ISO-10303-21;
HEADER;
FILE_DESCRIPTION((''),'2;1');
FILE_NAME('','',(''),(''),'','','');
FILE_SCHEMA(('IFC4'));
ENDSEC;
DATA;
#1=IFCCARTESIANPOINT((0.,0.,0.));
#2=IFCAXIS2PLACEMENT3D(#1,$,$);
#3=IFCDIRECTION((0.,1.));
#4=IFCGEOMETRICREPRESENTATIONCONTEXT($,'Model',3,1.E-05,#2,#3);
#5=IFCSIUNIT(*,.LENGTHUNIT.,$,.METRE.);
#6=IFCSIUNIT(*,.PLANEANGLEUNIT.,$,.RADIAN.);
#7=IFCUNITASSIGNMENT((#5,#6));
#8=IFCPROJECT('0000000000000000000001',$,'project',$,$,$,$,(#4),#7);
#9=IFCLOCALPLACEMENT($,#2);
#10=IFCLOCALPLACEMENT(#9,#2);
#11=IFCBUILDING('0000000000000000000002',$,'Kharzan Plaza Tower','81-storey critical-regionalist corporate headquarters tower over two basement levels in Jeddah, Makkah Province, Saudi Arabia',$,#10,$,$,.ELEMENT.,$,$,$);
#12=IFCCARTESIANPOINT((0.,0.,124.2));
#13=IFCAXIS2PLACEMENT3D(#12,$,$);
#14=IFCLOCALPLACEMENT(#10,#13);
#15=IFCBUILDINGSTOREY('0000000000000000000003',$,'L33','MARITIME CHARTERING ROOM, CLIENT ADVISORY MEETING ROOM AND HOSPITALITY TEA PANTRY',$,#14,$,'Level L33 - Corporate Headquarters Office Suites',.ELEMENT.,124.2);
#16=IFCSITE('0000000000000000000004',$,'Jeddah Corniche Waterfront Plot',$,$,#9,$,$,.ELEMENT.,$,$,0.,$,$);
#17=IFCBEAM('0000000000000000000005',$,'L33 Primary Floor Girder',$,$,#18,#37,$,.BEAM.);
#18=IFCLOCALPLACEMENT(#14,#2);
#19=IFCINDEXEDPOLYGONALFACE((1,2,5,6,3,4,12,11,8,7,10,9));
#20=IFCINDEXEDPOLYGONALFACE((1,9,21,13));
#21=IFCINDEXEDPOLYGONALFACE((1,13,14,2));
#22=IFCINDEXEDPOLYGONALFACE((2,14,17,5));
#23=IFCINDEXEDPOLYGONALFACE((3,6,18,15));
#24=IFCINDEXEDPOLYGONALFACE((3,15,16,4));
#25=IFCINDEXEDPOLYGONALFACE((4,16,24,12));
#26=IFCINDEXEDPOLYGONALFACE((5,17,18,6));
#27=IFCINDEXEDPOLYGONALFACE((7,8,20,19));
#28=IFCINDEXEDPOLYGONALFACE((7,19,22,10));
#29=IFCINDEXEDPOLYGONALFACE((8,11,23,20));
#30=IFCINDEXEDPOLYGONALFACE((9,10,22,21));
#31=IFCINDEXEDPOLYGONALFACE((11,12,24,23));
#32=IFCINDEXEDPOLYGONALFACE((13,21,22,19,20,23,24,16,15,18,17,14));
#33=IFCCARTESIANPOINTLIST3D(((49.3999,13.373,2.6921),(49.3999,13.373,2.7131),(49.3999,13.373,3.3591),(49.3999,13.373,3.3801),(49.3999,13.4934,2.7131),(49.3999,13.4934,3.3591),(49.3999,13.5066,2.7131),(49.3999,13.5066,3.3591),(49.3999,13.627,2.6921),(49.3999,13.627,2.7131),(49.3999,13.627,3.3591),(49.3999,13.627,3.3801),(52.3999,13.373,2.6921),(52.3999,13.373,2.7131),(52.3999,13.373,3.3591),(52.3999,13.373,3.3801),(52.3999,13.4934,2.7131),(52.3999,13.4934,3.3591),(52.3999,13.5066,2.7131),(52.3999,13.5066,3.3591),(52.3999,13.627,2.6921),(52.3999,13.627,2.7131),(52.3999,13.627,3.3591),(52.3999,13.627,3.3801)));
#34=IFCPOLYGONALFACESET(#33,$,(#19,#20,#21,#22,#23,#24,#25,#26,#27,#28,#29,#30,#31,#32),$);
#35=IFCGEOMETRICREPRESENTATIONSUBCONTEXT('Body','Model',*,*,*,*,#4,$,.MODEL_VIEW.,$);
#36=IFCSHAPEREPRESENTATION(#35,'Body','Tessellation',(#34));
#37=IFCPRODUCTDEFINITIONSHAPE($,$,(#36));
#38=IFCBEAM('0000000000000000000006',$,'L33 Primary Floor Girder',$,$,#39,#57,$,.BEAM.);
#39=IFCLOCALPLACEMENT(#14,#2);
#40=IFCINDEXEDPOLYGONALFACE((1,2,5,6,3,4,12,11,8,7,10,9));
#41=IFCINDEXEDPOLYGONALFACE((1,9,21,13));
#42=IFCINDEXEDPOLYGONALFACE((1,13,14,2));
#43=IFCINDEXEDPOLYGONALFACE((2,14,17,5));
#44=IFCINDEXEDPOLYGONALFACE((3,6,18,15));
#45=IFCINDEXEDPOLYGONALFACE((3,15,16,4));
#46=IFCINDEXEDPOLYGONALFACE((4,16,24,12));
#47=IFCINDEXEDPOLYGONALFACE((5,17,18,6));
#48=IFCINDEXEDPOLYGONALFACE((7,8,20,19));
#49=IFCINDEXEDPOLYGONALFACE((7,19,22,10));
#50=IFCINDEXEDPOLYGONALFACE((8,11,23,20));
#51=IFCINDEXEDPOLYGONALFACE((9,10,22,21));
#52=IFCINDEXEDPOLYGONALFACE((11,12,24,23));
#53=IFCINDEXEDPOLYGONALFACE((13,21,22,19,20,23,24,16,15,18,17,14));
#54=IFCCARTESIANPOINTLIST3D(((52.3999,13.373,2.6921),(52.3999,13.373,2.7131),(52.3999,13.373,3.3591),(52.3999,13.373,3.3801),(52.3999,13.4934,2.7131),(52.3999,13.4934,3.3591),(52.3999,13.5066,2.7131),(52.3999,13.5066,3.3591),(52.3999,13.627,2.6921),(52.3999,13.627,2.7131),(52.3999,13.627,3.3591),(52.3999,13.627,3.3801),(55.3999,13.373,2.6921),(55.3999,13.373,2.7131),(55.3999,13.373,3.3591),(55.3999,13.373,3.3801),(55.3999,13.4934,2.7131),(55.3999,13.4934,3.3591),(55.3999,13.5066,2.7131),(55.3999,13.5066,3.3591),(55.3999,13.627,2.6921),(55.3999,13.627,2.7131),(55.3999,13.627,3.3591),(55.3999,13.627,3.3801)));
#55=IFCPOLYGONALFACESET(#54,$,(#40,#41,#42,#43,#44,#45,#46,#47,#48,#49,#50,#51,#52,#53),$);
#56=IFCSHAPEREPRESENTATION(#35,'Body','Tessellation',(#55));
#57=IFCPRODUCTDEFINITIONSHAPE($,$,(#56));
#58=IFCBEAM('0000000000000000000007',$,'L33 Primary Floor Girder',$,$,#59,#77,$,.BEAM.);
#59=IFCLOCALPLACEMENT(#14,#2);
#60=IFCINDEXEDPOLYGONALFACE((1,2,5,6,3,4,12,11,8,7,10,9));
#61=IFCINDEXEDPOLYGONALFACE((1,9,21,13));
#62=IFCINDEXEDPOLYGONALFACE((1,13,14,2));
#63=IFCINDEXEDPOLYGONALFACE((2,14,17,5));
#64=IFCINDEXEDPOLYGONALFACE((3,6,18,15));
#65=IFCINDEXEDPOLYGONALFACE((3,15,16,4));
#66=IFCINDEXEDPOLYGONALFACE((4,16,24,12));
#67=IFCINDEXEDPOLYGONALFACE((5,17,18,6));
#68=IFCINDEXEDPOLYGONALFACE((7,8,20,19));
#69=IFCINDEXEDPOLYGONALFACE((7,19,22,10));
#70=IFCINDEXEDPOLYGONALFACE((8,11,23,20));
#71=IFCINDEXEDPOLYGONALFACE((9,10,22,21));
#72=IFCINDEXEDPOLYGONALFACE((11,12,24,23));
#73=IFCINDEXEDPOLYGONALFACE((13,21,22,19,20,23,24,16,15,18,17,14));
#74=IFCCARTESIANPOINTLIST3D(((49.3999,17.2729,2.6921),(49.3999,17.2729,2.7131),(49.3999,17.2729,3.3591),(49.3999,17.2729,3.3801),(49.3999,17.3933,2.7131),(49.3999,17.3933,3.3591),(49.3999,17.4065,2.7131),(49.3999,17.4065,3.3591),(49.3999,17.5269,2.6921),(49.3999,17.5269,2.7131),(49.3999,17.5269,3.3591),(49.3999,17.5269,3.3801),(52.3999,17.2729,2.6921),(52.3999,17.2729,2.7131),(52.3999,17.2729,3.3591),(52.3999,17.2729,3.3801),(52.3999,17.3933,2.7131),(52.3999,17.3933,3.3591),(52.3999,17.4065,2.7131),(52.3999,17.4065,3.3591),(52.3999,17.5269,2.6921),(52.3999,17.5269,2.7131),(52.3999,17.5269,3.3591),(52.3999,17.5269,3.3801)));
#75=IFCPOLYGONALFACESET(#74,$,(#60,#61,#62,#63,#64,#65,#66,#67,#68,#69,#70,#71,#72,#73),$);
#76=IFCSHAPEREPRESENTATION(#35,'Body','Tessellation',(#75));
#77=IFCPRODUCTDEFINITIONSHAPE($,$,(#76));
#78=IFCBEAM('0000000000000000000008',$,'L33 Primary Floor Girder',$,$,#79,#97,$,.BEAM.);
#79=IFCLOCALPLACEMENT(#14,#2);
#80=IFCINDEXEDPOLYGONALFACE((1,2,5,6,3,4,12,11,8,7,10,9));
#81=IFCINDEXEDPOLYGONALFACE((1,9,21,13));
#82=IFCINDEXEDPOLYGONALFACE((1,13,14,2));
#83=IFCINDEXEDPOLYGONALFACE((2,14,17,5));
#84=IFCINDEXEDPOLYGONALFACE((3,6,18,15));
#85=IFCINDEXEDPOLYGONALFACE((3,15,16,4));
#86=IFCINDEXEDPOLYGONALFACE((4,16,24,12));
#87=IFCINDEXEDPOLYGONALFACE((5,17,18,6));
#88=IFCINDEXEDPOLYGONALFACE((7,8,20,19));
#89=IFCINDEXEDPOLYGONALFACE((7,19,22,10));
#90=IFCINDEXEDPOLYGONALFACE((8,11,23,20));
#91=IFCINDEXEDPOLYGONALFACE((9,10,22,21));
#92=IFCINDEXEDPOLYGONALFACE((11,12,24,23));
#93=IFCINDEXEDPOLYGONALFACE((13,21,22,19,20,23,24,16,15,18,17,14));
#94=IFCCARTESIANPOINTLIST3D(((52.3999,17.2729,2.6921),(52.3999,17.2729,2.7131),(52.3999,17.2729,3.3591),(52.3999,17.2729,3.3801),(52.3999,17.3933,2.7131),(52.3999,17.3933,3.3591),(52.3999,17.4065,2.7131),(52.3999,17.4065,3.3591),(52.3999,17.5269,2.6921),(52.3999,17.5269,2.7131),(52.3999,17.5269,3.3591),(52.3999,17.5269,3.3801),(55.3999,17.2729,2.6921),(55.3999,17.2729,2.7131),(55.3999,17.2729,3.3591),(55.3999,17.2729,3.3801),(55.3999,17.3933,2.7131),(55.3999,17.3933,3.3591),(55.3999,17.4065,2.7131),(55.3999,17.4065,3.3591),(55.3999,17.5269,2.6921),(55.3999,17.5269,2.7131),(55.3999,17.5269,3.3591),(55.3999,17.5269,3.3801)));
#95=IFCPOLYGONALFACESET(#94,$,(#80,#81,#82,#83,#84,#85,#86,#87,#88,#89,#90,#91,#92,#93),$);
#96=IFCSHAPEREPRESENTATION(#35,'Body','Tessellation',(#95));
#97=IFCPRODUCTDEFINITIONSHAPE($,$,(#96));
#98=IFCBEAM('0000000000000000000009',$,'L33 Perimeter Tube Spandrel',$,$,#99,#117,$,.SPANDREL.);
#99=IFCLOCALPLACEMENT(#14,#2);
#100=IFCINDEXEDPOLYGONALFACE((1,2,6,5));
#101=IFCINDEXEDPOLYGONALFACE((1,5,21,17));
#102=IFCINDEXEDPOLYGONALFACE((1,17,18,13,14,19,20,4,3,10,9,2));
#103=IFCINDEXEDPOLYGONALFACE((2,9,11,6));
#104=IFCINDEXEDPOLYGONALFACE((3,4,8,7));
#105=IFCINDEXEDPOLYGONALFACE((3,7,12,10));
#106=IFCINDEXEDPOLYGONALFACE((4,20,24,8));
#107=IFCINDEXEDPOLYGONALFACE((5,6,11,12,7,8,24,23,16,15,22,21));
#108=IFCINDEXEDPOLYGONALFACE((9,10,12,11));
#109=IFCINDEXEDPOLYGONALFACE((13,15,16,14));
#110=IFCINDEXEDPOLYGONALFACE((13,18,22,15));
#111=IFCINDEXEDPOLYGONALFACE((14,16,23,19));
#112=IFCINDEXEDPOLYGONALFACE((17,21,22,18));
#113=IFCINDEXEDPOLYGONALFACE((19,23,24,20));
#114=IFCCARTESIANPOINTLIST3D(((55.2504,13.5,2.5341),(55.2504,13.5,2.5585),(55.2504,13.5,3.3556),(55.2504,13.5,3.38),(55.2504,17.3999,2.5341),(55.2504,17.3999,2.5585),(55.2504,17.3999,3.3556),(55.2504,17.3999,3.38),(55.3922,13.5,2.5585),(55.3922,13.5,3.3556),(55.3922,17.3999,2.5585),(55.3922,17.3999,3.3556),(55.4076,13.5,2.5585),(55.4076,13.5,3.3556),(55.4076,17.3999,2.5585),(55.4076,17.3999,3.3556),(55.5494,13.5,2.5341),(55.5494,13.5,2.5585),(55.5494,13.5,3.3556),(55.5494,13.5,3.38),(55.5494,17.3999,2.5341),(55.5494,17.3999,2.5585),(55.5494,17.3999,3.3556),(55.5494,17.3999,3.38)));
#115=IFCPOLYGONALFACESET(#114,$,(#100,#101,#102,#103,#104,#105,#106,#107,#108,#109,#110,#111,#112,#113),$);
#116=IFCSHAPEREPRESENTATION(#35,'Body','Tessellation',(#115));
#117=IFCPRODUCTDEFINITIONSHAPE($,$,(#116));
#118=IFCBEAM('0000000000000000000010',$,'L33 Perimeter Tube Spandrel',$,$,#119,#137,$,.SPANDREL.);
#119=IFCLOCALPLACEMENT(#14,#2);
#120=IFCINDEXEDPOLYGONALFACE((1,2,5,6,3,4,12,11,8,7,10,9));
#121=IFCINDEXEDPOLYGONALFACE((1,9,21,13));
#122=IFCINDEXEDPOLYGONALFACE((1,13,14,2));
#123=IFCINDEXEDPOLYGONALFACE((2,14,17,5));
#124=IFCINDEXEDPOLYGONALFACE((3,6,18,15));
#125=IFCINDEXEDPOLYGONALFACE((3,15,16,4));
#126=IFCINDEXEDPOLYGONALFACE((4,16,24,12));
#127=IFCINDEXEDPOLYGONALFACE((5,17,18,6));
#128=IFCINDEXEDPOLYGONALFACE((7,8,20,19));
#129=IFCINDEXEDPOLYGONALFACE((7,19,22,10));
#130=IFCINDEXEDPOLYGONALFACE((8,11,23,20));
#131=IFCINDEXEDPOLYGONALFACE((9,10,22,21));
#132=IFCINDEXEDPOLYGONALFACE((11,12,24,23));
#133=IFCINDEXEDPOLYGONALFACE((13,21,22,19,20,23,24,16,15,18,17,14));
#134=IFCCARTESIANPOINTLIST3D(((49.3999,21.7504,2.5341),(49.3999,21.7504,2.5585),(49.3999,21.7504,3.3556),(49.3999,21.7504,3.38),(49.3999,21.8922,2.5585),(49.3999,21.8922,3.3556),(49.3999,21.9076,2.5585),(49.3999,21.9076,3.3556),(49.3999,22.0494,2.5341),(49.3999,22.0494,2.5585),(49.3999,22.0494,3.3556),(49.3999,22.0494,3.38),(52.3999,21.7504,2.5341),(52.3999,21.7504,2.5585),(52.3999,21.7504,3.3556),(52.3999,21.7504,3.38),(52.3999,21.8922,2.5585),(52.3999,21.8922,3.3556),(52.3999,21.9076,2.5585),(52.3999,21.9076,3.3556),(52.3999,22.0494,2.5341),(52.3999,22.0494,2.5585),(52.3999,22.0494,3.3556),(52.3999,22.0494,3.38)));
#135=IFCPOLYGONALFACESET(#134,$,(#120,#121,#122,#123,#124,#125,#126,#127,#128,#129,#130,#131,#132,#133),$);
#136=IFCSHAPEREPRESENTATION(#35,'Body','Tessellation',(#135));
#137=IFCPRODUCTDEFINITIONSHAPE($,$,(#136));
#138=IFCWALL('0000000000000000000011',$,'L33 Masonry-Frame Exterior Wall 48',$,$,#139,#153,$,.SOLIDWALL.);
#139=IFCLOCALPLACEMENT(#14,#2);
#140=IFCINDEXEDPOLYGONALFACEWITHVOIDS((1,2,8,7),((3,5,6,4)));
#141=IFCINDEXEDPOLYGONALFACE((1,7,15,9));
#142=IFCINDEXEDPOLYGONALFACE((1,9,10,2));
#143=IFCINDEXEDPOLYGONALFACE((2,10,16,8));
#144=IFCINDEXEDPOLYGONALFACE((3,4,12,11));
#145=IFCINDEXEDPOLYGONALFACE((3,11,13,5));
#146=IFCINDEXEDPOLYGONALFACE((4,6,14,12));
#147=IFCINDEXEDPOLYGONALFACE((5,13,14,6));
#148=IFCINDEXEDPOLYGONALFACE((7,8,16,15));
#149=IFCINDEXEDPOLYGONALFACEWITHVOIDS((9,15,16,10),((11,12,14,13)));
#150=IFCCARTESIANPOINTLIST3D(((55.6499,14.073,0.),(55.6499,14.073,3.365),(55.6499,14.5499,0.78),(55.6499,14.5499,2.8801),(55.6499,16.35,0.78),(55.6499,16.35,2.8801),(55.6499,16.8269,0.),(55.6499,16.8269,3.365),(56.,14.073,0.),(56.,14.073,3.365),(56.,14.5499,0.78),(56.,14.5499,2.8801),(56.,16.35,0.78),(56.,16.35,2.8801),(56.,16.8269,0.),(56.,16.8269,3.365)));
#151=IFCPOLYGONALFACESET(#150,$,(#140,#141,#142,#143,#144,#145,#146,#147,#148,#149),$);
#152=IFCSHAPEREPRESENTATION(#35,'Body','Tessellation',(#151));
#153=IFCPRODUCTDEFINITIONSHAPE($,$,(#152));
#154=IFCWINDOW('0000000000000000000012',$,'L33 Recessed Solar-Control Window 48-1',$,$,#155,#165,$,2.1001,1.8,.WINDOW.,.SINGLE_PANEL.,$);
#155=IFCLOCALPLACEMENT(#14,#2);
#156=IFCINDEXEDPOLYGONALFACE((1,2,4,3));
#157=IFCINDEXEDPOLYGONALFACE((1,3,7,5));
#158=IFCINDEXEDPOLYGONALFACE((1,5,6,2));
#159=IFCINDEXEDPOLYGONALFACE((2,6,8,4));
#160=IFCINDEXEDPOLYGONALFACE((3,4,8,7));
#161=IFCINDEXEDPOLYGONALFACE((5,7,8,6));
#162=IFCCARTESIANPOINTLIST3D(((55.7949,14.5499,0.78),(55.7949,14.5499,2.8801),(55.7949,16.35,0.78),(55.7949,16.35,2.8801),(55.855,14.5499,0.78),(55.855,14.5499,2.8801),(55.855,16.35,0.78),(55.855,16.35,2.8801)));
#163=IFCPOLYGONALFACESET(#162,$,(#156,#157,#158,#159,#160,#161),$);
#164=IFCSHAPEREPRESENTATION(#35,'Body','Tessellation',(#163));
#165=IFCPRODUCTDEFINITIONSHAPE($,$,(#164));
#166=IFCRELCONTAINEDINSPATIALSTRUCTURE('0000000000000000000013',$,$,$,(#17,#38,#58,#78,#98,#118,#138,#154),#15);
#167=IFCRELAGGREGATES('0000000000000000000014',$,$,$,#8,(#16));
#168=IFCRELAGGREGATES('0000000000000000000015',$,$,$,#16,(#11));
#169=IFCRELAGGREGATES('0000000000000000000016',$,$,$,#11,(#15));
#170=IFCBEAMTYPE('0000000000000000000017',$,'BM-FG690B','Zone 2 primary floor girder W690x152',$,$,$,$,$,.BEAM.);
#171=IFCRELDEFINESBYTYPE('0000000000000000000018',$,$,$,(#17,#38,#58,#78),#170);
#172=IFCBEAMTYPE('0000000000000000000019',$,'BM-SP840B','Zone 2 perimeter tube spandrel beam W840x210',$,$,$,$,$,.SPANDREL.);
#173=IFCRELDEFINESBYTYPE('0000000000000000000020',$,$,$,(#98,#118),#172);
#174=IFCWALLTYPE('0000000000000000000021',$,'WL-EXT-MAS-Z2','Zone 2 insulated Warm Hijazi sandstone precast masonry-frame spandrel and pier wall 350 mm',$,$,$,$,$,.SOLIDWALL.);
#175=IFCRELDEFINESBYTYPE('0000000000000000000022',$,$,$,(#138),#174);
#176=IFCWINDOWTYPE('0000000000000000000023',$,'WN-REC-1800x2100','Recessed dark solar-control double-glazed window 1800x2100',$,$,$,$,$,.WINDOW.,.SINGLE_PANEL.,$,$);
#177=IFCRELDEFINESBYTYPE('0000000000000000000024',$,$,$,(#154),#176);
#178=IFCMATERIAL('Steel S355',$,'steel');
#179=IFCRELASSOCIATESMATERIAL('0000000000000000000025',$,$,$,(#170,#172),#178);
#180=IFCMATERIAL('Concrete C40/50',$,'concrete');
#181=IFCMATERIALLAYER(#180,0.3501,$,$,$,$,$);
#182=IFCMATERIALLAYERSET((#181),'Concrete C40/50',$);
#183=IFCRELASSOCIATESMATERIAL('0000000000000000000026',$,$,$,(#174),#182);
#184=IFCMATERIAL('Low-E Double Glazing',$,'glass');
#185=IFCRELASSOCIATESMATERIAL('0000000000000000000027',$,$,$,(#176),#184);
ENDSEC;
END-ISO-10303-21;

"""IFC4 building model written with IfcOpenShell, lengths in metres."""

from ifc_helpers import new_model, si_unit, direction, frame, frame_2d, origin, origin_2d, place, context, subcontext, project, spatial, rectangle, i_section, extrude, source, transform, mapped, material, layer, layer_set, material_profile, profile_set, type_object, element, fill, save


model = new_model("IFC4")

# Units and contexts
model_context = context("Model", 3, precision=1e-05, world=origin(), true_north=direction((0.0, 1.0)))
body_context = subcontext(model_context, "Body", "Model", "MODEL_VIEW")
ifc_project = project(units=[si_unit("LENGTHUNIT", "METRE"), si_unit("PLANEANGLEUNIT", "RADIAN")], contexts=[model_context])

# Site, building, storey
site_placement = place(None, origin())
site = spatial("IfcSite", under=ifc_project, at=site_placement, Name="Jeddah Corniche Waterfront Plot", CompositionType="ELEMENT", RefElevation=0.0)
building_placement = place(site_placement, origin())
building = spatial("IfcBuilding", under=site, at=building_placement, Name="Kharzan Plaza Tower", Description="81-storey critical-regionalist corporate headquarters tower over two basement levels in Jeddah, Makkah Province, Saudi Arabia", CompositionType="ELEMENT")
storey_placement = place(building_placement, frame((0.0, 0.0, 124.2)))
storey = spatial("IfcBuildingStorey", under=building, at=storey_placement, Name="L33", Description="MARITIME CHARTERING ROOM, CLIENT ADVISORY MEETING ROOM AND HOSPITALITY TEA PANTRY", LongName="Level L33 - Corporate Headquarters Office Suites", CompositionType="ELEMENT", Elevation=124.2)

# Beams
ifc_material_1 = material(Name="Steel S355", Category="steel")
ifc_material_profile_1 = material_profile(ifc_material_1, i_section(OverallWidth=0.2539, OverallDepth=0.688, WebThickness=0.0132, FlangeThickness=0.021, at=origin_2d()), Name="W690x152")
ifc_profile_set_1 = profile_set([ifc_material_profile_1], Name="Steel S355")
beam_type_1 = type_object("IfcBeamType", Name="BM-FG690B", Description="Zone 2 primary floor girder W690x152", PredefinedType="BEAM", material=ifc_profile_set_1)
shared_shape_1 = source(origin(), body_context, "Body", "SweptSolid", [
    extrude(i_section(OverallWidth=0.2539, OverallDepth=0.688, WebThickness=0.0132, FlangeThickness=0.021, at=origin_2d()), origin(), (0.0, 0.0, 1.0), 3.0),
])
for number, where, z_axis, x_axis, name in (
    (1, (49.3999, 13.5, 3.0361), (1.0, 0.0, 0.0), (0.0, 1.0, 0.0), "L33 Primary Floor Girder"),
    (2, (52.3999, 13.5, 3.0361), (1.0, 0.0, 0.0), (0.0, 1.0, 0.0), "L33 Primary Floor Girder"),
    (3, (49.3999, 17.3999, 3.0361), (1.0, 0.0, 0.0), (0.0, 1.0, 0.0), "L33 Primary Floor Girder"),
    (4, (52.3999, 17.3999, 3.0361), (1.0, 0.0, 0.0), (0.0, 1.0, 0.0), "L33 Primary Floor Girder"),
):
    element("IfcBeam", number, at=place(storey_placement, frame(where, z_axis=z_axis, x_axis=x_axis)), inside=storey, type_object=beam_type_1, Name=name, PredefinedType="BEAM", context=body_context, shape_type="MappedRepresentation", body=[
        mapped(shared_shape_1, transform((0.0, 0.0, 0.0), x_axis=(1.0, 0.0, 0.0), y_axis=(0.0, 1.0, 0.0), z_axis=(0.0, 0.0, 1.0))),
    ])
ifc_material_profile_2 = material_profile(ifc_material_1, i_section(OverallWidth=0.2991, OverallDepth=0.8459, WebThickness=0.0154, FlangeThickness=0.0244, at=origin_2d()), Name="W840x210")
ifc_profile_set_2 = profile_set([ifc_material_profile_2], Name="Steel S355")
beam_type_2 = type_object("IfcBeamType", Name="BM-SP840B", Description="Zone 2 perimeter tube spandrel beam W840x210", PredefinedType="SPANDREL", material=ifc_profile_set_2)
shared_shape_2 = source(origin(), body_context, "Body", "SweptSolid", [
    extrude(i_section(OverallWidth=0.2991, OverallDepth=0.8459, WebThickness=0.0154, FlangeThickness=0.0244, at=origin_2d()), origin(), (0.0, 0.0, 1.0), 3.8999),
])
beam_1_placement = place(storey_placement, frame((55.3999, 13.5, 2.957), z_axis=(0.0, 1.0, 0.0), x_axis=(-1.0, 0.0, 0.0)))
element("IfcBeam", 5, at=beam_1_placement, inside=storey, type_object=beam_type_2, Name="L33 Perimeter Tube Spandrel", PredefinedType="SPANDREL", context=body_context, shape_type="MappedRepresentation", body=[
    mapped(shared_shape_2, transform((0.0, 0.0, 0.0), x_axis=(1.0, 0.0, 0.0), y_axis=(0.0, 1.0, 0.0), z_axis=(0.0, 0.0, 1.0))),
])
shared_shape_3 = source(origin(), body_context, "Body", "SweptSolid", [
    extrude(i_section(OverallWidth=0.2991, OverallDepth=0.8459, WebThickness=0.0154, FlangeThickness=0.0244, at=origin_2d()), origin(), (0.0, 0.0, 1.0), 3.0),
])
beam_2_placement = place(storey_placement, frame((49.3999, 21.8999, 2.957), z_axis=(1.0, 0.0, 0.0), x_axis=(0.0, 1.0, 0.0)))
element("IfcBeam", 6, at=beam_2_placement, inside=storey, type_object=beam_type_2, Name="L33 Perimeter Tube Spandrel", PredefinedType="SPANDREL", context=body_context, shape_type="MappedRepresentation", body=[
    mapped(shared_shape_3, transform((0.0, 0.0, 0.0), x_axis=(1.0, 0.0, 0.0), y_axis=(0.0, 1.0, 0.0), z_axis=(0.0, 0.0, 1.0))),
])

# Wall, opening, window
ifc_material_2 = material(Name="Concrete C40/50", Category="concrete")
ifc_layer = layer(ifc_material_2, 0.3501)
ifc_layer_set = layer_set([ifc_layer], Name="Concrete C40/50")
wall_type = type_object("IfcWallType", Name="WL-EXT-MAS-Z2", Description="Zone 2 insulated Warm Hijazi sandstone precast masonry-frame spandrel and pier wall 350 mm", PredefinedType="SOLIDWALL", material=ifc_layer_set)
wall_1_placement = place(storey_placement, frame((55.825, 14.073, 0.0), z_axis=(0.0, 0.0, 1.0), x_axis=(0.0, 1.0, 0.0)))
wall_1 = element("IfcWall", 7, at=wall_1_placement, inside=storey, type_object=wall_type, Name="L33 Masonry-Frame Exterior Wall 48", PredefinedType="SOLIDWALL", context=body_context, shape_type="SweptSolid", body=[
    extrude(rectangle(XDim=2.7539, YDim=0.3501, at=frame_2d((1.377, 0.0))), origin(), (0.0, 0.0, 1.0), 3.365),
])
opening_1_placement = place(wall_1_placement, frame((0.4771, 0.0, 0.78)))
opening_1 = element("IfcOpeningElement", 8, at=opening_1_placement, cuts=wall_1, PredefinedType="OPENING", context=body_context, shape_type="SweptSolid", body=[
    extrude(rectangle(XDim=1.8, YDim=2.1001, at=frame_2d((0.8999, 1.05))), frame((0.0, 0.1851, 0.0), z_axis=(0.0, -1.0, 0.0), x_axis=(1.0, 0.0, 0.0)), (0.0, 0.0, 1.0), 0.3701),
])
ifc_material_3 = material(Name="Low-E Double Glazing", Category="glass")
window_type_1 = type_object("IfcWindowType", Name="WN-REC-1800x2100", Description="Recessed dark solar-control double-glazed window 1800x2100", PartitioningType="SINGLE_PANEL", PredefinedType="WINDOW", material=ifc_material_3)
shared_shape_4 = source(origin(), body_context, "Body", "SweptSolid", [
    extrude(rectangle(XDim=1.8, YDim=2.1001, at=frame_2d((0.8999, 1.05))), frame((0.0, 0.03, 0.0), z_axis=(0.0, -1.0, 0.0), x_axis=(1.0, 0.0, 0.0)), (0.0, 0.0, 1.0), 0.0601),
])
window_1_placement = place(opening_1_placement, origin())
window_1 = element("IfcWindow", 9, at=window_1_placement, inside=storey, type_object=window_type_1, Name="L33 Recessed Solar-Control Window 48-1", OverallHeight=2.1001, OverallWidth=1.8, PartitioningType="SINGLE_PANEL", PredefinedType="WINDOW", context=body_context, shape_type="MappedRepresentation", body=[
    mapped(shared_shape_4, transform((0.0, 0.0, 0.0), x_axis=(1.0, 0.0, 0.0), y_axis=(0.0, 1.0, 0.0), z_axis=(0.0, 0.0, 1.0))),
])
fill(opening_1, window_1)

save(model, "model.ifc")
